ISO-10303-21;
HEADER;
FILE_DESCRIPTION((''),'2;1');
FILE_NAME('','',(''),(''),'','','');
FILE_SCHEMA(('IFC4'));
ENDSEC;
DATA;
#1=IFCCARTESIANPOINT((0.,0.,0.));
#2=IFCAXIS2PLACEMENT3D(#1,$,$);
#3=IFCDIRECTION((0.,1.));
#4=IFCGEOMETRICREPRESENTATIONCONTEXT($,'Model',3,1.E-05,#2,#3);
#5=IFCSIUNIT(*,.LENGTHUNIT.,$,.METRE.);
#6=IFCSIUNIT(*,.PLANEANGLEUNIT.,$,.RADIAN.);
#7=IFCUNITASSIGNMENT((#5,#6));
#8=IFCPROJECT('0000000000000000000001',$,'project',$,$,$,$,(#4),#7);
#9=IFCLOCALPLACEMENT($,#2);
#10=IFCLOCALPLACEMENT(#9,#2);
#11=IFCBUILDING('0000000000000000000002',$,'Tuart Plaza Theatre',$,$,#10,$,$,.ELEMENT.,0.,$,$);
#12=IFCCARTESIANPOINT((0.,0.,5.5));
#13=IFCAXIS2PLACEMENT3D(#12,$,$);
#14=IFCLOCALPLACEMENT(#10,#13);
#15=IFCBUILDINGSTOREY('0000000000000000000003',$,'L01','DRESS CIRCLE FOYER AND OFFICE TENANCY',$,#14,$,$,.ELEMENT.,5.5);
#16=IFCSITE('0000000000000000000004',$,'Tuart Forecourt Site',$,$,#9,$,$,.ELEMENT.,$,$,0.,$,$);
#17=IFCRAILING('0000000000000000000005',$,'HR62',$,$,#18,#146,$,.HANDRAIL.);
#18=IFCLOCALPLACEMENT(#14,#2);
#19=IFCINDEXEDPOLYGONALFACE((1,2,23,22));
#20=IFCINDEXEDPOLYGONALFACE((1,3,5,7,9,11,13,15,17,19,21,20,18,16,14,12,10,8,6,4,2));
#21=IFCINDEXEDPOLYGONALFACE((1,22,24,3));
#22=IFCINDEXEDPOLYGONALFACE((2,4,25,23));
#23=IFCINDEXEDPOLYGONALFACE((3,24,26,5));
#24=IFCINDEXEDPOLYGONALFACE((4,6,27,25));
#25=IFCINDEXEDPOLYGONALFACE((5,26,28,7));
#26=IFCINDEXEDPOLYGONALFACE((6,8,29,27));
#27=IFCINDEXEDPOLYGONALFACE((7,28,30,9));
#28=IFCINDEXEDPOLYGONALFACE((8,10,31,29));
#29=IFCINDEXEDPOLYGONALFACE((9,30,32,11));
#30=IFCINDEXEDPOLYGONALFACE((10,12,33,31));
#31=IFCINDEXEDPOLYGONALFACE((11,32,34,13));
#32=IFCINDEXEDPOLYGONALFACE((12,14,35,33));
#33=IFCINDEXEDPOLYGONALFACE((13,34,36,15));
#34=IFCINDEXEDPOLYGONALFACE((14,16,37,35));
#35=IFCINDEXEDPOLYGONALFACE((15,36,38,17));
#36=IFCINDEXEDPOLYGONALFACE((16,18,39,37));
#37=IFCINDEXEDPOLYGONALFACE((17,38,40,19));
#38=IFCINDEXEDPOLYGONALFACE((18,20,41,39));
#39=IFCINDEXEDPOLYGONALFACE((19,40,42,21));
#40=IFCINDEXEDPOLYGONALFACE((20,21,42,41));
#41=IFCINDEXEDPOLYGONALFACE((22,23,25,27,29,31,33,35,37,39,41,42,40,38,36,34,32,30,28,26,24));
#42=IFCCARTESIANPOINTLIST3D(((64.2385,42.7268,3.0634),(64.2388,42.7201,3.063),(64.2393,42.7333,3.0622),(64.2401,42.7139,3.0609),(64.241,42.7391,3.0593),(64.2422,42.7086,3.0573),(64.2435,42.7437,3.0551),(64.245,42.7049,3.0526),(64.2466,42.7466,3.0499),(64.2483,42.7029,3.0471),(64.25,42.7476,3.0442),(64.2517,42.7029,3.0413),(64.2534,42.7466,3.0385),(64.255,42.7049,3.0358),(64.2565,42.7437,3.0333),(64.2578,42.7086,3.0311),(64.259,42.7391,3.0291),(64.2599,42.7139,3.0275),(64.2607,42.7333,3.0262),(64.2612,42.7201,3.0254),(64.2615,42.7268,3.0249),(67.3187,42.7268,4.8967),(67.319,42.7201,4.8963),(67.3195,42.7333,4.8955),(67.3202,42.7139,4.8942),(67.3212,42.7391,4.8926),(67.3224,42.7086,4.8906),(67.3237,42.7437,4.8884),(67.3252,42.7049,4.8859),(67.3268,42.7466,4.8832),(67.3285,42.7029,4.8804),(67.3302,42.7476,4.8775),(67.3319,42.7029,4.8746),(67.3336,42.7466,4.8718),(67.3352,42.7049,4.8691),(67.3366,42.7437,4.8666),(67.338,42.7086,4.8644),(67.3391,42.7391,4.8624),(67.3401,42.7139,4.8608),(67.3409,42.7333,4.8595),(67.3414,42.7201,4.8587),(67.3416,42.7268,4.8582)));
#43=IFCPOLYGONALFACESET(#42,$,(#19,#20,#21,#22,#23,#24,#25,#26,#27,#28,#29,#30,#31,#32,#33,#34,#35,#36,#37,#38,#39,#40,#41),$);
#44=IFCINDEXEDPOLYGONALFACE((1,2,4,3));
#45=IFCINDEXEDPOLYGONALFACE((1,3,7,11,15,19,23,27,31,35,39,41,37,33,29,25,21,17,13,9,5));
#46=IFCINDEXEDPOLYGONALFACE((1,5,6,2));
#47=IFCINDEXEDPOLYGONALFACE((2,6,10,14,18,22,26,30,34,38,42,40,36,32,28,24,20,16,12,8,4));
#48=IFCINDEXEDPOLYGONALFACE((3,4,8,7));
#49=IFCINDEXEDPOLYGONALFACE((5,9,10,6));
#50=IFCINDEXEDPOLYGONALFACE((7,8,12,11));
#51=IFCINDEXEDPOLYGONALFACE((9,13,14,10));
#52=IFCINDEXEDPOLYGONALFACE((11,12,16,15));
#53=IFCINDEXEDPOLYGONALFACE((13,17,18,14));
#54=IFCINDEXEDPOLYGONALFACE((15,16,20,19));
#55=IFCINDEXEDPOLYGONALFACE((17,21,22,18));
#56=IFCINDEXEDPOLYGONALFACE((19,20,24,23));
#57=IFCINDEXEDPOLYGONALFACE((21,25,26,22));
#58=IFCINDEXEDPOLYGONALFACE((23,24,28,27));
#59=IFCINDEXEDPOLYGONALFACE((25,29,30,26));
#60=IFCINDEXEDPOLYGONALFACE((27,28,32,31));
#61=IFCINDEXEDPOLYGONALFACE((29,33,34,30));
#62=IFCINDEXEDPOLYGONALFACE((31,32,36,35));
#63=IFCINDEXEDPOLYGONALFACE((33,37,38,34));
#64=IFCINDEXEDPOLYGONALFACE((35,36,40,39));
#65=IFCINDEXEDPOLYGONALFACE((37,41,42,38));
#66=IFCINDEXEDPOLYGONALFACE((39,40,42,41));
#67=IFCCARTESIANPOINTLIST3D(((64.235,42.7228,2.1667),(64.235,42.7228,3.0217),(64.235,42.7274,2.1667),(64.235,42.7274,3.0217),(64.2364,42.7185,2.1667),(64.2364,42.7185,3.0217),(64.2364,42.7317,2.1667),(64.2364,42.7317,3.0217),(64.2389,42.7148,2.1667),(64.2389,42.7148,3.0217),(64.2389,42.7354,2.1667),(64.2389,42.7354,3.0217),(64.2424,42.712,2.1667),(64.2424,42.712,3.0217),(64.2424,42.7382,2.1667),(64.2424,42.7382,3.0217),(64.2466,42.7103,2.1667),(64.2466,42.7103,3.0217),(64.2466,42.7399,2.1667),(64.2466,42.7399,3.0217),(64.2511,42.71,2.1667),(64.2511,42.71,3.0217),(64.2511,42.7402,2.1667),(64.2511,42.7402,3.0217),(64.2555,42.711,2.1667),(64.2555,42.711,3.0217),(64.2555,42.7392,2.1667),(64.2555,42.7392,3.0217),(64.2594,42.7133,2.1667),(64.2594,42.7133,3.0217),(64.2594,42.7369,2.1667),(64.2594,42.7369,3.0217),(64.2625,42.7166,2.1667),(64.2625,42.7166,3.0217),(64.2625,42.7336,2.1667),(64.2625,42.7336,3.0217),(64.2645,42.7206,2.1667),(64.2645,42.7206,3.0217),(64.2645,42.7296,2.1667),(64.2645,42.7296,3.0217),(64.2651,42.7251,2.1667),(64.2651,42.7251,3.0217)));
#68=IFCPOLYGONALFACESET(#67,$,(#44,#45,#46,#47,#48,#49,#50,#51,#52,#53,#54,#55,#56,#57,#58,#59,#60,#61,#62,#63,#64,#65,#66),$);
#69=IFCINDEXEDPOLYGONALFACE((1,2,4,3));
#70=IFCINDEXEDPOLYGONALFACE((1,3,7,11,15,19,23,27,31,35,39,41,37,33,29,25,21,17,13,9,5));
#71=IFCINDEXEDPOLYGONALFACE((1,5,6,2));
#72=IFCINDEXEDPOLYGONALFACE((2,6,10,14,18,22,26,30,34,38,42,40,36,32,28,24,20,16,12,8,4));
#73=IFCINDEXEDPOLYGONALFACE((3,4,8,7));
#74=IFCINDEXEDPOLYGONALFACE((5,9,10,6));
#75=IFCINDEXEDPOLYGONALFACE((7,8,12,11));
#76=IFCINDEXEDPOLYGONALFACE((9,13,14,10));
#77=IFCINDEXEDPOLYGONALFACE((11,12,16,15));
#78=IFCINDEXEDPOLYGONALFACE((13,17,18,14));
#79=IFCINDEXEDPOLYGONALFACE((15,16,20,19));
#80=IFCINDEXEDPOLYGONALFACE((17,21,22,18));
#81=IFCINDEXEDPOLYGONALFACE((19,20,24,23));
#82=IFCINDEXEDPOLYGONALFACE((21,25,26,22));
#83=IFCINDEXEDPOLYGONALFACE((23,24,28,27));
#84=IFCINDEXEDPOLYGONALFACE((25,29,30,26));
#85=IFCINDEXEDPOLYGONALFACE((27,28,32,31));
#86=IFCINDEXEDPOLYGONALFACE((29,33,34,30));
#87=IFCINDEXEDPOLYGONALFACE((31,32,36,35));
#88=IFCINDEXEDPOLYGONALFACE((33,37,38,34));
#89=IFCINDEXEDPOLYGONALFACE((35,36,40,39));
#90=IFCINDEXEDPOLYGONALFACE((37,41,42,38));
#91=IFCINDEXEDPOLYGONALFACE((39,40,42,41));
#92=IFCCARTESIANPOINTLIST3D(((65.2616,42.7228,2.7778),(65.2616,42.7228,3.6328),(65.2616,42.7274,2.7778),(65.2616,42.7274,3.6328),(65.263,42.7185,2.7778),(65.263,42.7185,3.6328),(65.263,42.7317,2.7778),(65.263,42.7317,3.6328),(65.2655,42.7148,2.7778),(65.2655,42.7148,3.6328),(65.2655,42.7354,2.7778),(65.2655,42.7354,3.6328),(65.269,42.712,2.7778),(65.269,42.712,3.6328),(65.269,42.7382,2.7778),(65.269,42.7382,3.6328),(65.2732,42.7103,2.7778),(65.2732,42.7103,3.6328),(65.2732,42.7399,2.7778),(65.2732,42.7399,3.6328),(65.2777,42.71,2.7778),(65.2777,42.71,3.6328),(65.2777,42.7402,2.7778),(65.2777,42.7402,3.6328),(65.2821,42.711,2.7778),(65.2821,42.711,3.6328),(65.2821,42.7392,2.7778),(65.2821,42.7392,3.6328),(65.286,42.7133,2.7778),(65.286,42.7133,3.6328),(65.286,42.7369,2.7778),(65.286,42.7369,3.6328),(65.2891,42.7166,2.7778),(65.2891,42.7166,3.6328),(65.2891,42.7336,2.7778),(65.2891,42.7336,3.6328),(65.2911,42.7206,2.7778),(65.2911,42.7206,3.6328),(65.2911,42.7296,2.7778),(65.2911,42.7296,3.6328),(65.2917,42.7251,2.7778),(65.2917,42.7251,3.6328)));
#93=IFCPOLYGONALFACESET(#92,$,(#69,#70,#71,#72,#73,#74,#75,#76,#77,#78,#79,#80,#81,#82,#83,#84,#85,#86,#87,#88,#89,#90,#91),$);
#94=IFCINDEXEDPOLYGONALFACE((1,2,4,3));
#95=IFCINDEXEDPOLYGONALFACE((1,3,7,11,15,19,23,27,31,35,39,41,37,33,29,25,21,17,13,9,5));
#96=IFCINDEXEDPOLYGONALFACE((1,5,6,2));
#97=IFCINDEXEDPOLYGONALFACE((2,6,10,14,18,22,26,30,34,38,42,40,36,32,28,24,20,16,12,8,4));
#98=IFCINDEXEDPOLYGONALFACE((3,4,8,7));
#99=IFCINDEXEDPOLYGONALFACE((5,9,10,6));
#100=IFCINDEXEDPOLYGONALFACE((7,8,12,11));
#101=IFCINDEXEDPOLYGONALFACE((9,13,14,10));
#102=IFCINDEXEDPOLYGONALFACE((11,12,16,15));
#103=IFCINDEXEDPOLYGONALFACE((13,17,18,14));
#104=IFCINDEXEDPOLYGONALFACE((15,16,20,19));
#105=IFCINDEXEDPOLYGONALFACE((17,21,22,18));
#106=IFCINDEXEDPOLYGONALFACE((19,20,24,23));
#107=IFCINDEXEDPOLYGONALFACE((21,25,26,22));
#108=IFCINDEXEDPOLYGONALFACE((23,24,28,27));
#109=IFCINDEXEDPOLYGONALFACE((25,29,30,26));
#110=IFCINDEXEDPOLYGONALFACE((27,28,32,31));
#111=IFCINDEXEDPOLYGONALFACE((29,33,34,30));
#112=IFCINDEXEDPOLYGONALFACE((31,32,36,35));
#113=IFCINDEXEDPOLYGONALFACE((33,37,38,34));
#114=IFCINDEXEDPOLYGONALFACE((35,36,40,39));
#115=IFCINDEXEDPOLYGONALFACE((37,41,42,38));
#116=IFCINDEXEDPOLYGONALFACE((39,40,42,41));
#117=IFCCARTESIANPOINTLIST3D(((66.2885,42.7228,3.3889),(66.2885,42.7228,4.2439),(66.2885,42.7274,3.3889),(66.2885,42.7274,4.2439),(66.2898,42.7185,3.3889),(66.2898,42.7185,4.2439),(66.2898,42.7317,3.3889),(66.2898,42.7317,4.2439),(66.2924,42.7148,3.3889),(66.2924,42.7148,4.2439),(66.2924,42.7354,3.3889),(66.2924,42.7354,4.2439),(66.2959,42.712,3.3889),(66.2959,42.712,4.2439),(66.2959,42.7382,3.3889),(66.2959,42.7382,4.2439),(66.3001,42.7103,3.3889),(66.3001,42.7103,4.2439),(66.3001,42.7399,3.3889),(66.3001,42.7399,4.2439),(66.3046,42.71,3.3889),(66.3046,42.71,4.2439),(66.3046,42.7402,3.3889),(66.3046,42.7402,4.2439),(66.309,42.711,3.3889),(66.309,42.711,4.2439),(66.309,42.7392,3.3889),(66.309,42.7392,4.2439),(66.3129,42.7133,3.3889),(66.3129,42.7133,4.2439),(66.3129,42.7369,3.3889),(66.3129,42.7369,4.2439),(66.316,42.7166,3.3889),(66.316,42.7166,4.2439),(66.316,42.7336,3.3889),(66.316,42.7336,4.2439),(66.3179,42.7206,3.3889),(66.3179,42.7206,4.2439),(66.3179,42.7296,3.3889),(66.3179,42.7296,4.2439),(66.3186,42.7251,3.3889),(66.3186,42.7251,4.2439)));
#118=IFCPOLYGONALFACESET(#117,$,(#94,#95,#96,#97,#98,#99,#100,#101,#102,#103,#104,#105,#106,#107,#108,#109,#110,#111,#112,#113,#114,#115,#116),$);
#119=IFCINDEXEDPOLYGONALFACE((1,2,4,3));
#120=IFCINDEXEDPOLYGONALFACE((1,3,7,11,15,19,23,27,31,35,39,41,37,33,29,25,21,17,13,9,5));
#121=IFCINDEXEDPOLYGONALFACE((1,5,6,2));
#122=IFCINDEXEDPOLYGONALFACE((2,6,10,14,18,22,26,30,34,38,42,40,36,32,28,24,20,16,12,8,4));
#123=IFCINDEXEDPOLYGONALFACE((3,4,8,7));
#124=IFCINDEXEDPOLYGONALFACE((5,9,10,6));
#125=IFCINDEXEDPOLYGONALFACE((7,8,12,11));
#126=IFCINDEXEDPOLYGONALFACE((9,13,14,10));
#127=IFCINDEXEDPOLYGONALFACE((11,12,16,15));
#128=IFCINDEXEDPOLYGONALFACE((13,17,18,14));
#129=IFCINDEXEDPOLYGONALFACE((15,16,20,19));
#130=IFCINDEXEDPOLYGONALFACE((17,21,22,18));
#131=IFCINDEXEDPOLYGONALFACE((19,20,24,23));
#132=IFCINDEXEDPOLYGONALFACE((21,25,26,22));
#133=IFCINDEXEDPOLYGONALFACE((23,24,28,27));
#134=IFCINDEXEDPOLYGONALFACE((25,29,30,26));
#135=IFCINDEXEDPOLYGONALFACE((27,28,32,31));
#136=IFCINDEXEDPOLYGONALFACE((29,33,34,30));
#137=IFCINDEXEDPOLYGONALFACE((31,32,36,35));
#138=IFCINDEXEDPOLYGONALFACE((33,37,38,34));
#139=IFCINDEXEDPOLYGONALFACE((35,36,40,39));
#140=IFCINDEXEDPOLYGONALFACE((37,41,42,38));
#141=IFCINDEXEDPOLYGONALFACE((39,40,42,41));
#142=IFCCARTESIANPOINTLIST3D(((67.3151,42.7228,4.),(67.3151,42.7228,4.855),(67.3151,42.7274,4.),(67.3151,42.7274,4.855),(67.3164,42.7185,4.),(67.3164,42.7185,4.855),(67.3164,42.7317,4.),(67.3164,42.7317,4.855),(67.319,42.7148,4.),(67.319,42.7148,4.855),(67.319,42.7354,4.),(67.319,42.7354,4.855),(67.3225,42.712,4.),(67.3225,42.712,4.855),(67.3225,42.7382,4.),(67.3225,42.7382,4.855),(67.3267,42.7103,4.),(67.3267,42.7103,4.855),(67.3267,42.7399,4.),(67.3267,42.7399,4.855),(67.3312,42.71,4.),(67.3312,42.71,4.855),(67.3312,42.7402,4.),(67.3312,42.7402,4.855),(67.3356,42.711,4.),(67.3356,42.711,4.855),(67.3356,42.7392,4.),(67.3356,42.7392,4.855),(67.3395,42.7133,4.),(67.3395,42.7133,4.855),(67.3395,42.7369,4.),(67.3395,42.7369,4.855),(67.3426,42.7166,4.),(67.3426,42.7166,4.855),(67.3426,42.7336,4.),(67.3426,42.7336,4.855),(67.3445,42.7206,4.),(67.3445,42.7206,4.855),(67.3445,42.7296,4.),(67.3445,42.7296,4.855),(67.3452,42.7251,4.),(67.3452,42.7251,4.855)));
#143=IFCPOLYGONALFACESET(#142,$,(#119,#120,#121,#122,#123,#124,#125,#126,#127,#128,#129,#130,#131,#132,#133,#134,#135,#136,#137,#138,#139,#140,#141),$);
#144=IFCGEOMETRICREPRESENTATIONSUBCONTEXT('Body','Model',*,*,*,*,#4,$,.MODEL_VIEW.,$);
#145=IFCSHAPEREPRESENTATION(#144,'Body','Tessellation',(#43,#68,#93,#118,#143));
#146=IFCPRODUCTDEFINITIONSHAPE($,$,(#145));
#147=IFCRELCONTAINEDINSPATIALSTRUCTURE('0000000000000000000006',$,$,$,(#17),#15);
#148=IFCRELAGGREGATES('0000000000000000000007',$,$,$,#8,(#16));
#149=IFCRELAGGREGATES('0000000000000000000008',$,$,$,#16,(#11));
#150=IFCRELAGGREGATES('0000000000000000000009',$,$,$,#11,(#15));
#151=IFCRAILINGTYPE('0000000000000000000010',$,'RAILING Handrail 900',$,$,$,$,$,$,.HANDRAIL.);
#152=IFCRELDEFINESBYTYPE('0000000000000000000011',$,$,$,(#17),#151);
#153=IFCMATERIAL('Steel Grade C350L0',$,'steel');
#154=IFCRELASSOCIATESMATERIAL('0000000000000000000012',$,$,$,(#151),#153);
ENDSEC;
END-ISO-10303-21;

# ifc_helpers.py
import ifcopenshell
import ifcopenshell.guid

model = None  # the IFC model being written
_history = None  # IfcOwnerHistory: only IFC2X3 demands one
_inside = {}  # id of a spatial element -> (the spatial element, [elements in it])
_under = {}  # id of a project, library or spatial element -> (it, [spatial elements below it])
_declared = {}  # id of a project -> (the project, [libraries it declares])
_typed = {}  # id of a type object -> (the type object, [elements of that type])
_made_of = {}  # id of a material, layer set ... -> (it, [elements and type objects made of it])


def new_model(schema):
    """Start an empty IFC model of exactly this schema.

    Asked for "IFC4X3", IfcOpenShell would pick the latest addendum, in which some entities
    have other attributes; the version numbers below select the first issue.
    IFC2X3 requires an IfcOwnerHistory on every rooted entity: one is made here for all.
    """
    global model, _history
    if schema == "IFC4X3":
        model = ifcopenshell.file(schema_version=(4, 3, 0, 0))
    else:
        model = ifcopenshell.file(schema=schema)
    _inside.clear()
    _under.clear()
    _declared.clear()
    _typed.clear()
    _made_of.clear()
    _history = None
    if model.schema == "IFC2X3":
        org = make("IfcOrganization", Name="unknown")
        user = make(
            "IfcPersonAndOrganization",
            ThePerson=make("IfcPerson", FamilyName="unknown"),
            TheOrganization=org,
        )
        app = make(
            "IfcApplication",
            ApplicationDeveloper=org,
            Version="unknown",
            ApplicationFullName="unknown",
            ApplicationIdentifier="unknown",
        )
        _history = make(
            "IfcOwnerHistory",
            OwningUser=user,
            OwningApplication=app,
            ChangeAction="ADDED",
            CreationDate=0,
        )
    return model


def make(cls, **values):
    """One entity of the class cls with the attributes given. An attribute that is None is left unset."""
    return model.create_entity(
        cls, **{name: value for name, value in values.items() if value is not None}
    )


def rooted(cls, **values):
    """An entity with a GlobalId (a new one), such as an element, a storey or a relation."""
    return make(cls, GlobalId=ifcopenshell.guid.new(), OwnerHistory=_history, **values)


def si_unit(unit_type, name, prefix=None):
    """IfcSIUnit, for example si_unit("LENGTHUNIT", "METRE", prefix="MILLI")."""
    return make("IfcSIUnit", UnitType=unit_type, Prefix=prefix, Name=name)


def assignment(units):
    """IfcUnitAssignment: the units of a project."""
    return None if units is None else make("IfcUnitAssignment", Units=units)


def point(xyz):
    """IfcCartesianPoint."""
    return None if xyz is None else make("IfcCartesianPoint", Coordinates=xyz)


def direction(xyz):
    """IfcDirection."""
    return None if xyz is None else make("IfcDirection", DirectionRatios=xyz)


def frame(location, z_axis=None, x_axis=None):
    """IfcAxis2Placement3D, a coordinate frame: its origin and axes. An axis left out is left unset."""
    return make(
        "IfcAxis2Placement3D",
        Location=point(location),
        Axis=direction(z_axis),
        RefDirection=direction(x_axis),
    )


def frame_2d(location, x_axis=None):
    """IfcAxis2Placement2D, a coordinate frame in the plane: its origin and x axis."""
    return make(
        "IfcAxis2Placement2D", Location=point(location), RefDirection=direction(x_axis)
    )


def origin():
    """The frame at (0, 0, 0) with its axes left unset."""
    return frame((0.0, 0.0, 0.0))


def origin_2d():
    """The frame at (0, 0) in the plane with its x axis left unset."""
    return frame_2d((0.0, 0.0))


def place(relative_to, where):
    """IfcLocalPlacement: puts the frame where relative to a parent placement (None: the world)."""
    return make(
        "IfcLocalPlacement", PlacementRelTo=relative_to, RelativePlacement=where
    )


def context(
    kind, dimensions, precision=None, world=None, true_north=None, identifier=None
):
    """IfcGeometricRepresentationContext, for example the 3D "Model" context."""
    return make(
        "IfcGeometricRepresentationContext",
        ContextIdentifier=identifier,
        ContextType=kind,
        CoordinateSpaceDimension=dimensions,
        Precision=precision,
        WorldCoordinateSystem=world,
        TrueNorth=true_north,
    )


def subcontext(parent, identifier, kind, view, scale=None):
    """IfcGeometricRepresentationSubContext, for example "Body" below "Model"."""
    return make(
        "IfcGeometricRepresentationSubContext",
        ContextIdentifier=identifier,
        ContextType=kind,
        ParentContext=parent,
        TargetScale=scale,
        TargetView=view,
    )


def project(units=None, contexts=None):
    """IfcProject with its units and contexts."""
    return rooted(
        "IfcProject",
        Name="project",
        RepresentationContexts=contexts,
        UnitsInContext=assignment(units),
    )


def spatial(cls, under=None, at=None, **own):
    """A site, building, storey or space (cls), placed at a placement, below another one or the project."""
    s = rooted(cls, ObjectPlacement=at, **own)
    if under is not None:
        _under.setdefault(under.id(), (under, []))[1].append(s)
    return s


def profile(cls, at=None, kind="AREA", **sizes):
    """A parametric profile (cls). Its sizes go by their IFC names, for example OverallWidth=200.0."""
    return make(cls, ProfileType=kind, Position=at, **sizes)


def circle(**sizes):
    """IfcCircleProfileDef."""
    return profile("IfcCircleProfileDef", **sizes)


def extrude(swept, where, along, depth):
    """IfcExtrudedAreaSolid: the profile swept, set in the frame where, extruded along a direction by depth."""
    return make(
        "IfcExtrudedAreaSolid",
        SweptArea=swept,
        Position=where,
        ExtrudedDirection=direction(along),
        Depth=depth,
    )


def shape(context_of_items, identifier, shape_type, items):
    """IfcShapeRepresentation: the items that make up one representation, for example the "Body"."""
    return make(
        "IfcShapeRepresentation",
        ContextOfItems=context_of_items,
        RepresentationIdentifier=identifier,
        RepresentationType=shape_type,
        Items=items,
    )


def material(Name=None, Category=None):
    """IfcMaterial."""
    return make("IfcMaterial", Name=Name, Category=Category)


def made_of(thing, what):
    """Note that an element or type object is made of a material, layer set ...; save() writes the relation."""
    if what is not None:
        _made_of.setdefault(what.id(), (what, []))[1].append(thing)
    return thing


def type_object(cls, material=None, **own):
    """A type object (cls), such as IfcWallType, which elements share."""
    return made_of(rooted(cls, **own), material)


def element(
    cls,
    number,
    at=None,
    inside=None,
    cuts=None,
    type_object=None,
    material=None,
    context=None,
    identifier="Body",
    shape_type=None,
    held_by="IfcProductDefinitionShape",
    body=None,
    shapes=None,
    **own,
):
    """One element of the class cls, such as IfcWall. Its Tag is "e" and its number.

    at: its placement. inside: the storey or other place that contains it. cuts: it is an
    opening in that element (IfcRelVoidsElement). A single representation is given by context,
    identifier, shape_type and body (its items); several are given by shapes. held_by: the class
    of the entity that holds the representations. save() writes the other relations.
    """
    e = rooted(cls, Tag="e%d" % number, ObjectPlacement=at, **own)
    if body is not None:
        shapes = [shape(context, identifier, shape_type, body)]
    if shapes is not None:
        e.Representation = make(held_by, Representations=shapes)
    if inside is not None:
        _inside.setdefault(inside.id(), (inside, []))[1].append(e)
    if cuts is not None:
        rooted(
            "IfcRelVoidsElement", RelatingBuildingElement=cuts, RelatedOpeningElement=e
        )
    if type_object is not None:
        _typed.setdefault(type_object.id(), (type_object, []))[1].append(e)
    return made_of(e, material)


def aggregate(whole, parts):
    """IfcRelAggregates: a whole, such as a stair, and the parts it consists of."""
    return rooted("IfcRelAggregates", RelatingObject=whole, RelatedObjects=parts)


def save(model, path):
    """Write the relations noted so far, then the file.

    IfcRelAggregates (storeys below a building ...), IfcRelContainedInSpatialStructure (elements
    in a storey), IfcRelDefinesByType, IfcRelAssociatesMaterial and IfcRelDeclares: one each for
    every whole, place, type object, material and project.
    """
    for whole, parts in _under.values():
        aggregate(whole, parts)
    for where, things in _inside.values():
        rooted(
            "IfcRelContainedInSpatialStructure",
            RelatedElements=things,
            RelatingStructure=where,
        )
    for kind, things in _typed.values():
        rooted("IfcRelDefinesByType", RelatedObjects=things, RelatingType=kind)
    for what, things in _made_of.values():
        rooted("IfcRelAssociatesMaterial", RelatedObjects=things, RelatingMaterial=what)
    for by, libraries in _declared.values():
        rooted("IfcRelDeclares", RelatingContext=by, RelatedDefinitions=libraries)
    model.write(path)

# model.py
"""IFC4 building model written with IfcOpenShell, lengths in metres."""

from ifc_helpers import new_model, si_unit, direction, frame, origin, origin_2d, place, context, subcontext, project, spatial, circle, extrude, material, type_object, element, save


model = new_model("IFC4")

# Units and contexts
model_context = context("Model", 3, precision=1e-05, world=origin(), true_north=direction((0.0, 1.0)))
body_context = subcontext(model_context, "Body", "Model", "MODEL_VIEW")
ifc_project = project(units=[si_unit("LENGTHUNIT", "METRE"), si_unit("PLANEANGLEUNIT", "RADIAN")], contexts=[model_context])

# Site, building, storey
site_placement = place(None, origin())
site = spatial("IfcSite", under=ifc_project, at=site_placement, Name="Tuart Forecourt Site", CompositionType="ELEMENT", RefElevation=0.0)
building_placement = place(site_placement, origin())
building = spatial("IfcBuilding", under=site, at=building_placement, Name="Tuart Plaza Theatre", CompositionType="ELEMENT", ElevationOfRefHeight=0.0)
storey_placement = place(building_placement, frame((0.0, 0.0, 5.5)))
storey = spatial("IfcBuildingStorey", under=building, at=storey_placement, Name="L01", Description="DRESS CIRCLE FOYER AND OFFICE TENANCY", CompositionType="ELEMENT", Elevation=5.5)

# Railing
ifc_material_1 = material(Name="Steel Grade C350L0", Category="steel")
railing_type_1 = type_object("IfcRailingType", Name="RAILING Handrail 900", PredefinedType="HANDRAIL", material=ifc_material_1)
for number, where, name in (
    (1, (64.25, 42.7251, 2.1667), "HR62"),
):
    element("IfcRailing", number, at=place(storey_placement, frame(where)), inside=storey, type_object=railing_type_1, Name=name, PredefinedType="HANDRAIL", context=body_context, shape_type="SweptSolid", body=[
        extrude(circle(Radius=0.0225, at=origin_2d()), frame((0.0, 0.0, 0.8774), z_axis=(0.859309, 0.0, 0.511458), x_axis=(0.0, 1.0, 0.0)), (0.0, 0.0, 1.0), 3.5845),
        extrude(circle(Radius=0.0151, at=origin_2d()), origin(), (0.0, 0.0, 1.0), 0.855),
        extrude(circle(Radius=0.0151, at=origin_2d()), frame((1.0266, 0.0, 0.6111)), (0.0, 0.0, 1.0), 0.855),
        extrude(circle(Radius=0.0151, at=origin_2d()), frame((2.0535, 0.0, 1.2222)), (0.0, 0.0, 1.0), 0.855),
        extrude(circle(Radius=0.0151, at=origin_2d()), frame((3.0801, 0.0, 1.8333)), (0.0, 0.0, 1.0), 0.855),
    ])

save(model, "model.ifc")
